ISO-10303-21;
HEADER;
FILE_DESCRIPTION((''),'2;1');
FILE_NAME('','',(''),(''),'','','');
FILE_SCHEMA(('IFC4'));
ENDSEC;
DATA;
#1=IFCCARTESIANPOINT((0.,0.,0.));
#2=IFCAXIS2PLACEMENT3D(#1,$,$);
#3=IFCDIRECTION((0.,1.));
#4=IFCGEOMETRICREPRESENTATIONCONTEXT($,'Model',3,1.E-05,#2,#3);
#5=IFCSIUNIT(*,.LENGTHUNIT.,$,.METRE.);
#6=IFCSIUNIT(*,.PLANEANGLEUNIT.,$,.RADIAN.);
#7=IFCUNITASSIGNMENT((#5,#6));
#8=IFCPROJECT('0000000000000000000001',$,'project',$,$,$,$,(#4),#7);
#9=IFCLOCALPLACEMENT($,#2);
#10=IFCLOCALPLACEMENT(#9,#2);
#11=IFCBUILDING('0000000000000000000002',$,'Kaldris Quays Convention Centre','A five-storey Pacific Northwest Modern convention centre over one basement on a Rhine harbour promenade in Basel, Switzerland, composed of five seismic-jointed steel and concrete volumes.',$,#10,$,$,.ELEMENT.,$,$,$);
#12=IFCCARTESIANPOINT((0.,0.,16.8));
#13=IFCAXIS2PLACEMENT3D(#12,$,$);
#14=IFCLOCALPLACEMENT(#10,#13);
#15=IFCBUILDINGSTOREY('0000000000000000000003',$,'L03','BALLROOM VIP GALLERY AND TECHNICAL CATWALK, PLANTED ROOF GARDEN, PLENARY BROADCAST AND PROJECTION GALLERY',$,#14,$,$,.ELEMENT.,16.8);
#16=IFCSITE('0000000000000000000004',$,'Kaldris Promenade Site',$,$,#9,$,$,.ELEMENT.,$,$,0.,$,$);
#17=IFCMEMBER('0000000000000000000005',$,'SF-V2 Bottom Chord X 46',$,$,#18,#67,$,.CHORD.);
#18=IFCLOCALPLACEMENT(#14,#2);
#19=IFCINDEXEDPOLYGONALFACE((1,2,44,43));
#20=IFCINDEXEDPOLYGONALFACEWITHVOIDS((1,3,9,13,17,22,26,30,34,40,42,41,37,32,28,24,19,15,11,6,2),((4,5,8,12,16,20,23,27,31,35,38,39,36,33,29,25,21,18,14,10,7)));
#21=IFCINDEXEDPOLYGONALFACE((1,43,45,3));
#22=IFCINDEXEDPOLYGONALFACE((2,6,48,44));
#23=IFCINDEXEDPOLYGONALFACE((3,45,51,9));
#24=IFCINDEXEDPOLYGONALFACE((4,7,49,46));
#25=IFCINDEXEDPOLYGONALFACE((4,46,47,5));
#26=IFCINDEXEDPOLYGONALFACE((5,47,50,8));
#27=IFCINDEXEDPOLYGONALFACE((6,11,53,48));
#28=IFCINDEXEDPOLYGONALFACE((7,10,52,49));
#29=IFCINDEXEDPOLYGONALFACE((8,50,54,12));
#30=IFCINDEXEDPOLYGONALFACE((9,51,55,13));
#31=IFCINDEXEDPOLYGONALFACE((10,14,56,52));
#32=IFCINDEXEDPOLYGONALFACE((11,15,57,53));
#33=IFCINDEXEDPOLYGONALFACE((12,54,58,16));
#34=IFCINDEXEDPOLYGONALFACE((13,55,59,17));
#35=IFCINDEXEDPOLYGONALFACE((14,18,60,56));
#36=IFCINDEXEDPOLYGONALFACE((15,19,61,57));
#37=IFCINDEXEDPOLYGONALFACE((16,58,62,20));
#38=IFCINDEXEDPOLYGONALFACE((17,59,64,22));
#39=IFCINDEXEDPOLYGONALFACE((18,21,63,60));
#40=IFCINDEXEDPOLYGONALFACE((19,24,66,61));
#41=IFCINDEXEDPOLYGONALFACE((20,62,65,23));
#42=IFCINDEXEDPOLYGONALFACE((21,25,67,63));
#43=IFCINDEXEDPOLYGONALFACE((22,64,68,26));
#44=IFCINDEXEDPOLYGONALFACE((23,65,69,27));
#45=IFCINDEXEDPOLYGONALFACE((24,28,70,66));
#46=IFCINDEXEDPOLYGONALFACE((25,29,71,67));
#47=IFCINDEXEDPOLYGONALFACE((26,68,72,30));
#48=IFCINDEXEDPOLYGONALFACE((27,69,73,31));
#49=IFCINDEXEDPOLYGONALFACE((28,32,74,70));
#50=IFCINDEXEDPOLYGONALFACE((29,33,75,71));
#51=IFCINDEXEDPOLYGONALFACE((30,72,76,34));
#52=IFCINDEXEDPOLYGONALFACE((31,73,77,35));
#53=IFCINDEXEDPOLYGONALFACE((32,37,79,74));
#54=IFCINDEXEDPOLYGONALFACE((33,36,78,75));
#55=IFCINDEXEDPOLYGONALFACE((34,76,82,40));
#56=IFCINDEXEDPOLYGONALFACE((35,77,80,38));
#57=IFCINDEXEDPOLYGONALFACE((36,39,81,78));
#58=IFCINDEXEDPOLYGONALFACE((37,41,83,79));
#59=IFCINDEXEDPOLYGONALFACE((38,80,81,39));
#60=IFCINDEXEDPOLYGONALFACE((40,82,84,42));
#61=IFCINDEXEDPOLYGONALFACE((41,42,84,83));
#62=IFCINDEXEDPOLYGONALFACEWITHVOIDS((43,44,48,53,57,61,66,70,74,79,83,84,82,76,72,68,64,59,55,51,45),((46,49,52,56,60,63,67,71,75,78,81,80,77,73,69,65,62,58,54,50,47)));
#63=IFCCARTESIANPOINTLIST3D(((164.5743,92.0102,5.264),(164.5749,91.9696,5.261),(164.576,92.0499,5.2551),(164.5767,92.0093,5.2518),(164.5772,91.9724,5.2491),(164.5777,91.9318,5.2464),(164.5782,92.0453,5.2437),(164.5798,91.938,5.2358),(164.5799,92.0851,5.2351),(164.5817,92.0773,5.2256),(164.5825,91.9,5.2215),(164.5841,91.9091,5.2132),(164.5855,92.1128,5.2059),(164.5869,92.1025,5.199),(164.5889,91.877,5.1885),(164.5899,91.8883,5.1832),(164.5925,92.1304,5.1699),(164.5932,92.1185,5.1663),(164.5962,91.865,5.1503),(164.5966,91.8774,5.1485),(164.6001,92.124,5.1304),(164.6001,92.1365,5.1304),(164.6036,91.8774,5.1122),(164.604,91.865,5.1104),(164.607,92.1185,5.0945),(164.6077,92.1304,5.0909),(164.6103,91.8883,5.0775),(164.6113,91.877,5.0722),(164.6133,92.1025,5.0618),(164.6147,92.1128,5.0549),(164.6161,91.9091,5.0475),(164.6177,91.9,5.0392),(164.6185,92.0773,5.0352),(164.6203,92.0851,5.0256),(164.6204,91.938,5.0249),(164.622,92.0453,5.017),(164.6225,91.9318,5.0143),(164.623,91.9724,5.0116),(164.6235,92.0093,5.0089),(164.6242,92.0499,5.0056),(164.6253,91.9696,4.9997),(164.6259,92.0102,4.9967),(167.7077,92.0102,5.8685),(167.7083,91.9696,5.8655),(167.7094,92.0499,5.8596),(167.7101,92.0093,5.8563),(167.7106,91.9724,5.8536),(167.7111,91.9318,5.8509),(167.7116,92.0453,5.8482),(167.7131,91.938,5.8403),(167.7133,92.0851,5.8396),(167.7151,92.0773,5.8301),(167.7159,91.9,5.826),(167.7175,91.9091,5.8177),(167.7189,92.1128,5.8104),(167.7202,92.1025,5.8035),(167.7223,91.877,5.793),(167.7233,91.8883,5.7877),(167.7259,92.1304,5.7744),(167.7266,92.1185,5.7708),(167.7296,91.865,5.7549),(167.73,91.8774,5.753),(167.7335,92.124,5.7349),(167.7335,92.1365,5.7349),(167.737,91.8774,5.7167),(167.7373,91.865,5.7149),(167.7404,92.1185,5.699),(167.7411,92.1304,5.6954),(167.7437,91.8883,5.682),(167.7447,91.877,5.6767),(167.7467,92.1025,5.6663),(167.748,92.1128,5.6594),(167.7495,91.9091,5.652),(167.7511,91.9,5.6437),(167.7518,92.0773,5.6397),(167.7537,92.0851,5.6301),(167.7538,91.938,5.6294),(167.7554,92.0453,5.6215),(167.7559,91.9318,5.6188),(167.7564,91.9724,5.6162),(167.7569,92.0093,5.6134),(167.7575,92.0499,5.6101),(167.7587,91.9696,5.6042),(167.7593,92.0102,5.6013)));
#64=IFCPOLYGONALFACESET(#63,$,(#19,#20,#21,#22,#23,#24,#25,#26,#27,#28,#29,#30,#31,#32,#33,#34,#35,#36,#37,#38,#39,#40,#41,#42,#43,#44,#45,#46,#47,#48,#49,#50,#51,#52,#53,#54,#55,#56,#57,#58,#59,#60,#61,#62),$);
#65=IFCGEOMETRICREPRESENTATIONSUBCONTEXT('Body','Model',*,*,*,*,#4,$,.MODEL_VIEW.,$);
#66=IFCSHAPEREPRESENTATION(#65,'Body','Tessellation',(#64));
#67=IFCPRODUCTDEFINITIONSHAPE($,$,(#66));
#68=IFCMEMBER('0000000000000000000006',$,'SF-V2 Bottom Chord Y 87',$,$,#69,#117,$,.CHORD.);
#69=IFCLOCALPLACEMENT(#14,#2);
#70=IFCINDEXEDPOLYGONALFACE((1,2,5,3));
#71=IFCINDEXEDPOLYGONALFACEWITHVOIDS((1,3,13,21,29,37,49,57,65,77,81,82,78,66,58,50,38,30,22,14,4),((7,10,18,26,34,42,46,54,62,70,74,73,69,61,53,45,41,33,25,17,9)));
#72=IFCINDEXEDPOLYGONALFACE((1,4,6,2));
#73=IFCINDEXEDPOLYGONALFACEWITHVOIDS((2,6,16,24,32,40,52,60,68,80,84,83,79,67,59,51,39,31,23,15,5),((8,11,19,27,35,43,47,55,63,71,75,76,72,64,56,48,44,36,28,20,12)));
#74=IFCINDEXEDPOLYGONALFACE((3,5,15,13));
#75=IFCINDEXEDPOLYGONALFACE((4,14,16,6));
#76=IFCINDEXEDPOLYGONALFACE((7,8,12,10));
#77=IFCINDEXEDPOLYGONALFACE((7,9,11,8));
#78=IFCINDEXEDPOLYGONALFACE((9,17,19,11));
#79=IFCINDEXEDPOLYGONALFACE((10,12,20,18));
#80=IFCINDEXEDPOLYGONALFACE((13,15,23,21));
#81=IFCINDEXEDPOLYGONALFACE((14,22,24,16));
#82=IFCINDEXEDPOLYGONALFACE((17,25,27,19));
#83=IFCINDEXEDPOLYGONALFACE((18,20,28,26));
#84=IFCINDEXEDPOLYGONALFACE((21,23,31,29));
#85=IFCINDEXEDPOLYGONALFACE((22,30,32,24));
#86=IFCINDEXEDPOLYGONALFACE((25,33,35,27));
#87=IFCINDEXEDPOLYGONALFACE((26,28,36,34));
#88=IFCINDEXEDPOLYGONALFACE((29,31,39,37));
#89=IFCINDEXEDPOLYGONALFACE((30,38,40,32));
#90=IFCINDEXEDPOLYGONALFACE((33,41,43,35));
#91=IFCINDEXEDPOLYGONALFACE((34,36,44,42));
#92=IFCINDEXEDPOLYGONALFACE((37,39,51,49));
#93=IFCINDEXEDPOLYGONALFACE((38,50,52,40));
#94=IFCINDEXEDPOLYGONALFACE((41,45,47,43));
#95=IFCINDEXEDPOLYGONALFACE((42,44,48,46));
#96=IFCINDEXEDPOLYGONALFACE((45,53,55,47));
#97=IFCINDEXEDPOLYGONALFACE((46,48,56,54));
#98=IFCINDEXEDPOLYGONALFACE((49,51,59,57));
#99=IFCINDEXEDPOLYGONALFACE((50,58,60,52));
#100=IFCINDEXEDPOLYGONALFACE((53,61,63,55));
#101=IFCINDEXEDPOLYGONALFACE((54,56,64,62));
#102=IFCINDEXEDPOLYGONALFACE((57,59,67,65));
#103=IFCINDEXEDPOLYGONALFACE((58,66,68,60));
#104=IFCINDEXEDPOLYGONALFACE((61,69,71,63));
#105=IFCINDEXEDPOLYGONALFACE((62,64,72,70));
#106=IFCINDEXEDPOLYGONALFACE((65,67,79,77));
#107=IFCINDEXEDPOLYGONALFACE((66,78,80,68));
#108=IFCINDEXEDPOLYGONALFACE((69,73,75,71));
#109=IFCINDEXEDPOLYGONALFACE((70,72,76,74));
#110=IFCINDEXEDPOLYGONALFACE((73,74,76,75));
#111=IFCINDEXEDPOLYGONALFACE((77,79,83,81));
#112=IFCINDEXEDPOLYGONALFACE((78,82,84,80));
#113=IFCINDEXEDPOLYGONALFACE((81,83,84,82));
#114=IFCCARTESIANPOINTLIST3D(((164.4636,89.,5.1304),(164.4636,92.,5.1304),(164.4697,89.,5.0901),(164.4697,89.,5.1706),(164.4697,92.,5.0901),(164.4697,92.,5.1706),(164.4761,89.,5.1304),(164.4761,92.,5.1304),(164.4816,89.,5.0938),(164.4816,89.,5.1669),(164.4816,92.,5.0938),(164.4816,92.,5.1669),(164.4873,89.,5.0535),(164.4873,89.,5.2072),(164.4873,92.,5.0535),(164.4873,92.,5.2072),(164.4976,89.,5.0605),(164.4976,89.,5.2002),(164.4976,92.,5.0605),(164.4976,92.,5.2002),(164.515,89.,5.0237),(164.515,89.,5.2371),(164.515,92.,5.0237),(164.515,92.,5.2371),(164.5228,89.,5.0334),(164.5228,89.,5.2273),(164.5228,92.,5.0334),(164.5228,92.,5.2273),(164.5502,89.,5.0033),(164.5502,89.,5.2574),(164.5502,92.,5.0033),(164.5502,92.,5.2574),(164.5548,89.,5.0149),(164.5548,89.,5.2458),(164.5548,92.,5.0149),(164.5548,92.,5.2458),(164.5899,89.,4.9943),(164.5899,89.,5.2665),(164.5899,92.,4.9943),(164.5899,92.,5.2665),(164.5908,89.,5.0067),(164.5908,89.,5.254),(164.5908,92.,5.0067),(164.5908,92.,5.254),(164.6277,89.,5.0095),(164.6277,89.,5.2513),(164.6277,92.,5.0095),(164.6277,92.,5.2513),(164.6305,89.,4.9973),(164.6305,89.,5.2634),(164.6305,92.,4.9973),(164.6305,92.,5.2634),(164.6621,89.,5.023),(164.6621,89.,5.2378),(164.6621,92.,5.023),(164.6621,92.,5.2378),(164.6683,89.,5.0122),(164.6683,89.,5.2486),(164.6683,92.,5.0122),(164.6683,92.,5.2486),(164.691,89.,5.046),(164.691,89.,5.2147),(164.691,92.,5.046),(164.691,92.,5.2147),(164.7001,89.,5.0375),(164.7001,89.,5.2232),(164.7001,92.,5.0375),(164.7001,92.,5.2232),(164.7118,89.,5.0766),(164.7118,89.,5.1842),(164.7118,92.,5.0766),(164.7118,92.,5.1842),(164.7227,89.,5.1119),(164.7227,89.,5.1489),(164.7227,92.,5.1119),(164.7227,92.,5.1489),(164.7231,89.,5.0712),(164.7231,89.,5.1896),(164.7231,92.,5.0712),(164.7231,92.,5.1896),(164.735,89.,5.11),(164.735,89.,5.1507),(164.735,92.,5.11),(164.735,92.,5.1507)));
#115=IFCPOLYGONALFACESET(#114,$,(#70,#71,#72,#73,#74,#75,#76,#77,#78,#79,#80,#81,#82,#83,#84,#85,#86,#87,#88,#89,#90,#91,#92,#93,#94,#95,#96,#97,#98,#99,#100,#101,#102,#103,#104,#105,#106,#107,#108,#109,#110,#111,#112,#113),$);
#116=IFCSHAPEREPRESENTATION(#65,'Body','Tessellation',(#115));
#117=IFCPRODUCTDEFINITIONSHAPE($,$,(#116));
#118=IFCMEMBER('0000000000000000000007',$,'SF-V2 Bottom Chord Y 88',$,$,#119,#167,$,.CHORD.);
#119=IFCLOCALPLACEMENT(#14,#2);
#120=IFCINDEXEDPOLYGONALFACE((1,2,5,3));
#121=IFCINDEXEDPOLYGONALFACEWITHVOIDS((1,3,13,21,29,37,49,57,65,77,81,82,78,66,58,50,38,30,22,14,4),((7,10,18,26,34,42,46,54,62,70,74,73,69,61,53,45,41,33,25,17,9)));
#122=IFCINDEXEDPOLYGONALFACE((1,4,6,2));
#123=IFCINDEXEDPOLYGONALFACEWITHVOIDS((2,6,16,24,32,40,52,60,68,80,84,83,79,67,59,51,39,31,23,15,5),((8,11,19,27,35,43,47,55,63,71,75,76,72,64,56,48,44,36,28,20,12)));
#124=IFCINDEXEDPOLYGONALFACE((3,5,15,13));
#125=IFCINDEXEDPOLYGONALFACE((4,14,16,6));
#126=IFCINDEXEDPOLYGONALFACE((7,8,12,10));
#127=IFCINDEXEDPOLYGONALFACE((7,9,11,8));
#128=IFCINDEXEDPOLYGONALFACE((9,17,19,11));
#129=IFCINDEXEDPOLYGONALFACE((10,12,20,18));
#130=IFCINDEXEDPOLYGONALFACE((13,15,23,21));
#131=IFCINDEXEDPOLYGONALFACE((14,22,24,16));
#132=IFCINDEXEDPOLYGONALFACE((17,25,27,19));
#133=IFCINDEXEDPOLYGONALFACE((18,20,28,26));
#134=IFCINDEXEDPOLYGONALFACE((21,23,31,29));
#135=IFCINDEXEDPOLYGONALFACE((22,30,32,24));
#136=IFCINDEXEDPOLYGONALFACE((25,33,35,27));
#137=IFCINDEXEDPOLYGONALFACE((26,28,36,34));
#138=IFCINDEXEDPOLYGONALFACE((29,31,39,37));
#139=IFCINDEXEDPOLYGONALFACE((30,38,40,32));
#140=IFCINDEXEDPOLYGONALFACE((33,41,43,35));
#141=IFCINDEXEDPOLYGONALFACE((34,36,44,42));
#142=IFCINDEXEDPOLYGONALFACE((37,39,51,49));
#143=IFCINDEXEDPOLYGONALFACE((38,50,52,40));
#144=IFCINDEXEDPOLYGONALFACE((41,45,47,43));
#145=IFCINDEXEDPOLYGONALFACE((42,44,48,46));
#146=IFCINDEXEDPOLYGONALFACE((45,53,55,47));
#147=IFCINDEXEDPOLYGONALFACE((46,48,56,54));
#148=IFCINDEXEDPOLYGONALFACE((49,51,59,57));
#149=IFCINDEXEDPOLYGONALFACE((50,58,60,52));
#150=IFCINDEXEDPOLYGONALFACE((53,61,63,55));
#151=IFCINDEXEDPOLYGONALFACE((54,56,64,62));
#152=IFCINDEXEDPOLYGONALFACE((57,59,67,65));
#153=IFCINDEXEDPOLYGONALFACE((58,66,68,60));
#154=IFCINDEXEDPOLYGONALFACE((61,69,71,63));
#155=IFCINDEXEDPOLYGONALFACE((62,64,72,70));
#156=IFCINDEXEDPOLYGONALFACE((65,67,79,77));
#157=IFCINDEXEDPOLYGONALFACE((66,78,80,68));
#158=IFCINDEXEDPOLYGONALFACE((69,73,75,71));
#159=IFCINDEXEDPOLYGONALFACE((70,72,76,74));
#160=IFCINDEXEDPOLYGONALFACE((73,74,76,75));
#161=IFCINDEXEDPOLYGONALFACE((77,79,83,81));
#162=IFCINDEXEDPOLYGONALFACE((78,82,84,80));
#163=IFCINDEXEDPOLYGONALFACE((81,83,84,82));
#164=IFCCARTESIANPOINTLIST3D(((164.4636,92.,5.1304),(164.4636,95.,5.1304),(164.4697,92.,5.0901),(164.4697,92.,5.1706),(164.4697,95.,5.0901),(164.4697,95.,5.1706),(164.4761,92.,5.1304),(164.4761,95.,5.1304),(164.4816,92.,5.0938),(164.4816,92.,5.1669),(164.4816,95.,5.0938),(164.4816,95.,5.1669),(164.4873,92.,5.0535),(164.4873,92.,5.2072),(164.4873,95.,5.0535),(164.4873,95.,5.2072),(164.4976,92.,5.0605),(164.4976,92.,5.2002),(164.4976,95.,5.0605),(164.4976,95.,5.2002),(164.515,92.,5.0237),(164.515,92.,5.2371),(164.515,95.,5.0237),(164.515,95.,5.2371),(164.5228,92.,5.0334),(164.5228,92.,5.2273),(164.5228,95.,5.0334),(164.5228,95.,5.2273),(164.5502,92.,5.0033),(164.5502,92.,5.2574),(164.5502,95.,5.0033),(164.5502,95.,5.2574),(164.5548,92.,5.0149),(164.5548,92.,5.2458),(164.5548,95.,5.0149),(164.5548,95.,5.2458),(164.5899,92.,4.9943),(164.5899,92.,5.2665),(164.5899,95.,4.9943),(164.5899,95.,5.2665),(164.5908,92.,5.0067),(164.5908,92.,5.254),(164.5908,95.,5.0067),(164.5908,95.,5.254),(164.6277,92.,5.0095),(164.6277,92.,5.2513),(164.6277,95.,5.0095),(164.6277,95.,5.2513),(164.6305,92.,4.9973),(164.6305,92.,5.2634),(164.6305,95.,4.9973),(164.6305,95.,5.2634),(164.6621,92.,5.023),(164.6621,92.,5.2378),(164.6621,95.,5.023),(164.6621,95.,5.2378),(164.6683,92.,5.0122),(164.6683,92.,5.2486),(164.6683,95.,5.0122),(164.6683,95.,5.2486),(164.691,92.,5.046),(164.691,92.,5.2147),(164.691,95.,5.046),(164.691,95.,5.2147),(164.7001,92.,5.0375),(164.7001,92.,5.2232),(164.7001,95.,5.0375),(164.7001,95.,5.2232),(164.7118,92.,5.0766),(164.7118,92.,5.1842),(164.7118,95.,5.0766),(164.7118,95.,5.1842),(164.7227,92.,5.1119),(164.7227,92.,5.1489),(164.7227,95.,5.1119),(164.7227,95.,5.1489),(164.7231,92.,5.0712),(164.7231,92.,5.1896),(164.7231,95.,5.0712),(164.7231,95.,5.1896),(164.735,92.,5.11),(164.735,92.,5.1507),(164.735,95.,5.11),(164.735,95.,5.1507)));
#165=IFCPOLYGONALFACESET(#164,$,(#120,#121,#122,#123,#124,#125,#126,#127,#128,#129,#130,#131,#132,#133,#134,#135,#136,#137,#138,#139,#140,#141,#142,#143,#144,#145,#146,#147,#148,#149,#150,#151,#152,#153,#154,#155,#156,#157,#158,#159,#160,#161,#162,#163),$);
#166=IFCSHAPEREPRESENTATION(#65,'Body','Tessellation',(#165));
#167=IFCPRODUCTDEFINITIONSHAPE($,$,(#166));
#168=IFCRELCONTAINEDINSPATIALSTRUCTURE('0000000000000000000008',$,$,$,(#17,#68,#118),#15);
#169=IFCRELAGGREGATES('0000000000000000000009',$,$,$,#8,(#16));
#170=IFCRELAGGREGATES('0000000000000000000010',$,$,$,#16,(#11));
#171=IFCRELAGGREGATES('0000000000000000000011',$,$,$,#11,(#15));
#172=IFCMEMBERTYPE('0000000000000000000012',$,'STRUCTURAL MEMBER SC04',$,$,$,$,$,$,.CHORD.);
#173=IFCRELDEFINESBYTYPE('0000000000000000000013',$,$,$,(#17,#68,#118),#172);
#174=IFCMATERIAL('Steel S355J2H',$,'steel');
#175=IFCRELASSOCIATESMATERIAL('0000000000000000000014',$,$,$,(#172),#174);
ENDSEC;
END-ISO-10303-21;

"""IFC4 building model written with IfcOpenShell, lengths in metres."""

from ifc_helpers import new_model, si_unit, direction, frame, origin, origin_2d, place, context, subcontext, project, spatial, hollow_circle, extrude, material, material_profile, profile_set, type_object, element, save


model = new_model("IFC4")

# Units and contexts
model_context = context("Model", 3, precision=1e-05, world=origin(), true_north=direction((0.0, 1.0)))
body_context = subcontext(model_context, "Body", "Model", "MODEL_VIEW")
ifc_project = project(units=[si_unit("LENGTHUNIT", "METRE"), si_unit("PLANEANGLEUNIT", "RADIAN")], contexts=[model_context])

# Site, building, storey
site_placement = place(None, origin())
site = spatial("IfcSite", under=ifc_project, at=site_placement, Name="Kaldris Promenade Site", CompositionType="ELEMENT", RefElevation=0.0)
building_placement = place(site_placement, origin())
building = spatial("IfcBuilding", under=site, at=building_placement, Name="Kaldris Quays Convention Centre", Description="A five-storey Pacific Northwest Modern convention centre over one basement on a Rhine harbour promenade in Basel, Switzerland, composed of five seismic-jointed steel and concrete volumes.", CompositionType="ELEMENT")
storey_placement = place(building_placement, frame((0.0, 0.0, 16.8)))
storey = spatial("IfcBuildingStorey", under=building, at=storey_placement, Name="L03", Description="BALLROOM VIP GALLERY AND TECHNICAL CATWALK, PLANTED ROOF GARDEN, PLENARY BROADCAST AND PROJECTION GALLERY", CompositionType="ELEMENT", Elevation=16.8)

# Members
ifc_material_1 = material(Name="Steel S355J2H", Category="steel")
ifc_material_profile_1 = material_profile(ifc_material_1, hollow_circle(Radius=0.1365, WallThickness=0.0125, at=origin_2d()), Name="CHS 273x12.5")
ifc_profile_set_1 = profile_set([ifc_material_profile_1], Name="Steel S355J2H")
member_type_1 = type_object("IfcMemberType", Name="STRUCTURAL MEMBER SC04", PredefinedType="CHORD", material=ifc_profile_set_1)
member_1_placement = place(storey_placement, frame((164.6001, 92.0, 5.1304), z_axis=(0.981894, 0.0, 0.189432), x_axis=(0.0, 1.0, 0.0)))
element("IfcMember", 1, at=member_1_placement, inside=storey, type_object=member_type_1, Name="SF-V2 Bottom Chord X 46", PredefinedType="CHORD", context=body_context, shape_type="SweptSolid", body=[
    extrude(hollow_circle(Radius=0.1365, WallThickness=0.0125, at=origin_2d()), origin(), (0.0, 0.0, 1.0), 3.1912),
])
for number, where, z_axis, x_axis, name in (
    (2, (164.6001, 89.0, 5.1304), (0.0, 1.0, 0.0), (-1.0, 0.0, 0.0), "SF-V2 Bottom Chord Y 87"),
    (3, (164.6001, 92.0, 5.1304), (0.0, 1.0, 0.0), (-1.0, 0.0, 0.0), "SF-V2 Bottom Chord Y 88"),
):
    element("IfcMember", number, at=place(storey_placement, frame(where, z_axis=z_axis, x_axis=x_axis)), inside=storey, type_object=member_type_1, Name=name, PredefinedType="CHORD", context=body_context, shape_type="SweptSolid", body=[
        extrude(hollow_circle(Radius=0.1365, WallThickness=0.0125, at=origin_2d()), origin(), (0.0, 0.0, 1.0), 3.0),
    ])

save(model, "model.ifc")
